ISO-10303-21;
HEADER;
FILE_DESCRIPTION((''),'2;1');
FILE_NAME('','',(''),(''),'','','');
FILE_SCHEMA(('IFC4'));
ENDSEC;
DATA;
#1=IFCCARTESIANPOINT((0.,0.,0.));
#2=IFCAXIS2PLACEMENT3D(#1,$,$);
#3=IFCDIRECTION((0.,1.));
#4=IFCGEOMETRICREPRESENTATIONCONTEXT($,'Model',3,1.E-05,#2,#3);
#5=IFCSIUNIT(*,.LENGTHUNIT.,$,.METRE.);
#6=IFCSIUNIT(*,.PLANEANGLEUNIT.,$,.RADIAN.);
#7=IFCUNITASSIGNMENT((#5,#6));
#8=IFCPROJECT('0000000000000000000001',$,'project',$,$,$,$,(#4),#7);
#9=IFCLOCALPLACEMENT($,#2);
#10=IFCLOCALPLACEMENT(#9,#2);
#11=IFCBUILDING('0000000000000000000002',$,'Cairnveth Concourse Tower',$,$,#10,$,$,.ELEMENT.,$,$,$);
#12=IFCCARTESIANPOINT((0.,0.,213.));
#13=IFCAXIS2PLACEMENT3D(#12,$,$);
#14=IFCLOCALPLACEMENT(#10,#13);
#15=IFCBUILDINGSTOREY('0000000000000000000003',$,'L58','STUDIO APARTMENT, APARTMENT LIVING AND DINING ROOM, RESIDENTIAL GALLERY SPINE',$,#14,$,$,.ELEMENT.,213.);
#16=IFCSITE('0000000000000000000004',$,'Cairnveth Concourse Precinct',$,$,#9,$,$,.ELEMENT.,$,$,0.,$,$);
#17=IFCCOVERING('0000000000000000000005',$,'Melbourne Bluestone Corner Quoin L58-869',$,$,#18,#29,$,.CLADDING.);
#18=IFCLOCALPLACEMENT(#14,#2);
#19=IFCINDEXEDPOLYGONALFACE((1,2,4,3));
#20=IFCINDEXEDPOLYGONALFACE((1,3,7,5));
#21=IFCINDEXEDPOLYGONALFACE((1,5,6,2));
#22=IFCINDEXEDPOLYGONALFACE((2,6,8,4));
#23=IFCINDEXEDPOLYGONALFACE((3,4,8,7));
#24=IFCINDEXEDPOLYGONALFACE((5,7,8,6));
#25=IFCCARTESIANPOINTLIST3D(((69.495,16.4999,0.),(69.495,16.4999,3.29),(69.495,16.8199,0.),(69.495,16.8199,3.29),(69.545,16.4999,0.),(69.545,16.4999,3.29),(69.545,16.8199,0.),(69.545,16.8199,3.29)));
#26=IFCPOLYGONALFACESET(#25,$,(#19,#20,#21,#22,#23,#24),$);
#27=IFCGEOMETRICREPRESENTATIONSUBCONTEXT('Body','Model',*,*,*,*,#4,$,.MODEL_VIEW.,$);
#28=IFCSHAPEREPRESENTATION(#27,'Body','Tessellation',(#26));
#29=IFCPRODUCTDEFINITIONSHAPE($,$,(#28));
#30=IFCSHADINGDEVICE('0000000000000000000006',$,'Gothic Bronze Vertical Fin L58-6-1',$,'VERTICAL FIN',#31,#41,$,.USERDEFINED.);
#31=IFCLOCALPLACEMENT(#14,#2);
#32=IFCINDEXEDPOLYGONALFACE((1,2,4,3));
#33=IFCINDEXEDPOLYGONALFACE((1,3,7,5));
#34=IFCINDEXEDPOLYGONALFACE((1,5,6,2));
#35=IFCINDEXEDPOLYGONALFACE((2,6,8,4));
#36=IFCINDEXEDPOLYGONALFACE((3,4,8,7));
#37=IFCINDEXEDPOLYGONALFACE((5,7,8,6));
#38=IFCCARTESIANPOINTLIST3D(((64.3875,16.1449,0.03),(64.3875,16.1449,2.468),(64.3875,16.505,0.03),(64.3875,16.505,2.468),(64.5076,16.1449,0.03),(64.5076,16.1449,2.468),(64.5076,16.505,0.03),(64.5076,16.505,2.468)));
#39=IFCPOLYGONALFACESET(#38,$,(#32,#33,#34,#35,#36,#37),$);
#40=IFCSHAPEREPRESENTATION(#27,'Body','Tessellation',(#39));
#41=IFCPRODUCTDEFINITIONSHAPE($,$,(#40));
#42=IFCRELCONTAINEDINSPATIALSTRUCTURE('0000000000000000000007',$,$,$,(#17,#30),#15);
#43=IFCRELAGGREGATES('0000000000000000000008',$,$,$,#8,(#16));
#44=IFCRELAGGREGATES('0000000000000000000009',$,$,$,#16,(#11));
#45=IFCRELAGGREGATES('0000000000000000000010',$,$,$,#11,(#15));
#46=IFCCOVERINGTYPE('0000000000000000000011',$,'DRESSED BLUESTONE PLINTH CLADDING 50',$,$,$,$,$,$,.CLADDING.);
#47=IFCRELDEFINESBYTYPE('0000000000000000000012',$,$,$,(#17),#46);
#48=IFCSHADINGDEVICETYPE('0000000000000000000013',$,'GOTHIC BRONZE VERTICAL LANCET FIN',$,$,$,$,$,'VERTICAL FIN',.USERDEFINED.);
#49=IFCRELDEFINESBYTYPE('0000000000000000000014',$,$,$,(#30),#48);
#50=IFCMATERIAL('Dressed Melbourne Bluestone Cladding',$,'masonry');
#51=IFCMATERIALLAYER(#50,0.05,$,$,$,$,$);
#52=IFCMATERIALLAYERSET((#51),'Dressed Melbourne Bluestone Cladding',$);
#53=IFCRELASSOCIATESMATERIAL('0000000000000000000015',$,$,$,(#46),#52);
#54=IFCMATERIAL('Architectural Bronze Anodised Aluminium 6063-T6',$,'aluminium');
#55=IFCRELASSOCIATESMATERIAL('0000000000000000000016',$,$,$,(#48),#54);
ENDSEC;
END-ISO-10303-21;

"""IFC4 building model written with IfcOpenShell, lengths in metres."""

from ifc_helpers import new_model, si_unit, direction, frame, frame_2d, origin, origin_2d, place, context, subcontext, project, spatial, rectangle, extrude, material, layer, layer_set, type_object, element, save


model = new_model("IFC4")

# Units and contexts
model_context = context("Model", 3, precision=1e-05, world=origin(), true_north=direction((0.0, 1.0)))
body_context = subcontext(model_context, "Body", "Model", "MODEL_VIEW")
ifc_project = project(units=[si_unit("LENGTHUNIT", "METRE"), si_unit("PLANEANGLEUNIT", "RADIAN")], contexts=[model_context])

# Site, building, storey
site_placement = place(None, origin())
site = spatial("IfcSite", under=ifc_project, at=site_placement, Name="Cairnveth Concourse Precinct", CompositionType="ELEMENT", RefElevation=0.0)
building_placement = place(site_placement, origin())
building = spatial("IfcBuilding", under=site, at=building_placement, Name="Cairnveth Concourse Tower", CompositionType="ELEMENT")
storey_placement = place(building_placement, frame((0.0, 0.0, 213.0)))
storey = spatial("IfcBuildingStorey", under=building, at=storey_placement, Name="L58", Description="STUDIO APARTMENT, APARTMENT LIVING AND DINING ROOM, RESIDENTIAL GALLERY SPINE", CompositionType="ELEMENT", Elevation=213.0)

# Covering
ifc_material_1 = material(Name="Dressed Melbourne Bluestone Cladding", Category="masonry")
ifc_layer_1 = layer(ifc_material_1, 0.05)
ifc_layer_set_1 = layer_set([ifc_layer_1], Name="Dressed Melbourne Bluestone Cladding")
covering_type = type_object("IfcCoveringType", Name="DRESSED BLUESTONE PLINTH CLADDING 50", PredefinedType="CLADDING", material=ifc_layer_set_1)
covering_placement = place(storey_placement, frame((69.52, 16.8201, 0.0), z_axis=(0.0, 0.0, 1.0), x_axis=(0.0, -1.0, 0.0)))
element("IfcCovering", 1, at=covering_placement, inside=storey, type_object=covering_type, Name="Melbourne Bluestone Corner Quoin L58-869", PredefinedType="CLADDING", context=body_context, shape_type="SweptSolid", body=[
    extrude(rectangle(XDim=0.3201, YDim=0.05, at=frame_2d((0.1602, 0.0))), origin(), (0.0, 0.0, 1.0), 3.29),
])

# Shading device
ifc_material_2 = material(Name="Architectural Bronze Anodised Aluminium 6063-T6", Category="aluminium")
shading_device_type = type_object("IfcShadingDeviceType", Name="GOTHIC BRONZE VERTICAL LANCET FIN", ElementType="VERTICAL FIN", PredefinedType="USERDEFINED", material=ifc_material_2)
shading_device_placement = place(storey_placement, frame((64.4475, 16.325, 0.03), z_axis=(0.0, 0.0, 1.0), x_axis=(1.0, 0.0, 0.0)))
element("IfcShadingDevice", 2, at=shading_device_placement, inside=storey, type_object=shading_device_type, Name="Gothic Bronze Vertical Fin L58-6-1", ObjectType="VERTICAL FIN", PredefinedType="USERDEFINED", context=body_context, shape_type="SweptSolid", body=[
    extrude(rectangle(XDim=0.1201, YDim=0.3601, at=origin_2d()), origin(), (0.0, 0.0, 1.0), 2.438),
])

save(model, "model.ifc")
